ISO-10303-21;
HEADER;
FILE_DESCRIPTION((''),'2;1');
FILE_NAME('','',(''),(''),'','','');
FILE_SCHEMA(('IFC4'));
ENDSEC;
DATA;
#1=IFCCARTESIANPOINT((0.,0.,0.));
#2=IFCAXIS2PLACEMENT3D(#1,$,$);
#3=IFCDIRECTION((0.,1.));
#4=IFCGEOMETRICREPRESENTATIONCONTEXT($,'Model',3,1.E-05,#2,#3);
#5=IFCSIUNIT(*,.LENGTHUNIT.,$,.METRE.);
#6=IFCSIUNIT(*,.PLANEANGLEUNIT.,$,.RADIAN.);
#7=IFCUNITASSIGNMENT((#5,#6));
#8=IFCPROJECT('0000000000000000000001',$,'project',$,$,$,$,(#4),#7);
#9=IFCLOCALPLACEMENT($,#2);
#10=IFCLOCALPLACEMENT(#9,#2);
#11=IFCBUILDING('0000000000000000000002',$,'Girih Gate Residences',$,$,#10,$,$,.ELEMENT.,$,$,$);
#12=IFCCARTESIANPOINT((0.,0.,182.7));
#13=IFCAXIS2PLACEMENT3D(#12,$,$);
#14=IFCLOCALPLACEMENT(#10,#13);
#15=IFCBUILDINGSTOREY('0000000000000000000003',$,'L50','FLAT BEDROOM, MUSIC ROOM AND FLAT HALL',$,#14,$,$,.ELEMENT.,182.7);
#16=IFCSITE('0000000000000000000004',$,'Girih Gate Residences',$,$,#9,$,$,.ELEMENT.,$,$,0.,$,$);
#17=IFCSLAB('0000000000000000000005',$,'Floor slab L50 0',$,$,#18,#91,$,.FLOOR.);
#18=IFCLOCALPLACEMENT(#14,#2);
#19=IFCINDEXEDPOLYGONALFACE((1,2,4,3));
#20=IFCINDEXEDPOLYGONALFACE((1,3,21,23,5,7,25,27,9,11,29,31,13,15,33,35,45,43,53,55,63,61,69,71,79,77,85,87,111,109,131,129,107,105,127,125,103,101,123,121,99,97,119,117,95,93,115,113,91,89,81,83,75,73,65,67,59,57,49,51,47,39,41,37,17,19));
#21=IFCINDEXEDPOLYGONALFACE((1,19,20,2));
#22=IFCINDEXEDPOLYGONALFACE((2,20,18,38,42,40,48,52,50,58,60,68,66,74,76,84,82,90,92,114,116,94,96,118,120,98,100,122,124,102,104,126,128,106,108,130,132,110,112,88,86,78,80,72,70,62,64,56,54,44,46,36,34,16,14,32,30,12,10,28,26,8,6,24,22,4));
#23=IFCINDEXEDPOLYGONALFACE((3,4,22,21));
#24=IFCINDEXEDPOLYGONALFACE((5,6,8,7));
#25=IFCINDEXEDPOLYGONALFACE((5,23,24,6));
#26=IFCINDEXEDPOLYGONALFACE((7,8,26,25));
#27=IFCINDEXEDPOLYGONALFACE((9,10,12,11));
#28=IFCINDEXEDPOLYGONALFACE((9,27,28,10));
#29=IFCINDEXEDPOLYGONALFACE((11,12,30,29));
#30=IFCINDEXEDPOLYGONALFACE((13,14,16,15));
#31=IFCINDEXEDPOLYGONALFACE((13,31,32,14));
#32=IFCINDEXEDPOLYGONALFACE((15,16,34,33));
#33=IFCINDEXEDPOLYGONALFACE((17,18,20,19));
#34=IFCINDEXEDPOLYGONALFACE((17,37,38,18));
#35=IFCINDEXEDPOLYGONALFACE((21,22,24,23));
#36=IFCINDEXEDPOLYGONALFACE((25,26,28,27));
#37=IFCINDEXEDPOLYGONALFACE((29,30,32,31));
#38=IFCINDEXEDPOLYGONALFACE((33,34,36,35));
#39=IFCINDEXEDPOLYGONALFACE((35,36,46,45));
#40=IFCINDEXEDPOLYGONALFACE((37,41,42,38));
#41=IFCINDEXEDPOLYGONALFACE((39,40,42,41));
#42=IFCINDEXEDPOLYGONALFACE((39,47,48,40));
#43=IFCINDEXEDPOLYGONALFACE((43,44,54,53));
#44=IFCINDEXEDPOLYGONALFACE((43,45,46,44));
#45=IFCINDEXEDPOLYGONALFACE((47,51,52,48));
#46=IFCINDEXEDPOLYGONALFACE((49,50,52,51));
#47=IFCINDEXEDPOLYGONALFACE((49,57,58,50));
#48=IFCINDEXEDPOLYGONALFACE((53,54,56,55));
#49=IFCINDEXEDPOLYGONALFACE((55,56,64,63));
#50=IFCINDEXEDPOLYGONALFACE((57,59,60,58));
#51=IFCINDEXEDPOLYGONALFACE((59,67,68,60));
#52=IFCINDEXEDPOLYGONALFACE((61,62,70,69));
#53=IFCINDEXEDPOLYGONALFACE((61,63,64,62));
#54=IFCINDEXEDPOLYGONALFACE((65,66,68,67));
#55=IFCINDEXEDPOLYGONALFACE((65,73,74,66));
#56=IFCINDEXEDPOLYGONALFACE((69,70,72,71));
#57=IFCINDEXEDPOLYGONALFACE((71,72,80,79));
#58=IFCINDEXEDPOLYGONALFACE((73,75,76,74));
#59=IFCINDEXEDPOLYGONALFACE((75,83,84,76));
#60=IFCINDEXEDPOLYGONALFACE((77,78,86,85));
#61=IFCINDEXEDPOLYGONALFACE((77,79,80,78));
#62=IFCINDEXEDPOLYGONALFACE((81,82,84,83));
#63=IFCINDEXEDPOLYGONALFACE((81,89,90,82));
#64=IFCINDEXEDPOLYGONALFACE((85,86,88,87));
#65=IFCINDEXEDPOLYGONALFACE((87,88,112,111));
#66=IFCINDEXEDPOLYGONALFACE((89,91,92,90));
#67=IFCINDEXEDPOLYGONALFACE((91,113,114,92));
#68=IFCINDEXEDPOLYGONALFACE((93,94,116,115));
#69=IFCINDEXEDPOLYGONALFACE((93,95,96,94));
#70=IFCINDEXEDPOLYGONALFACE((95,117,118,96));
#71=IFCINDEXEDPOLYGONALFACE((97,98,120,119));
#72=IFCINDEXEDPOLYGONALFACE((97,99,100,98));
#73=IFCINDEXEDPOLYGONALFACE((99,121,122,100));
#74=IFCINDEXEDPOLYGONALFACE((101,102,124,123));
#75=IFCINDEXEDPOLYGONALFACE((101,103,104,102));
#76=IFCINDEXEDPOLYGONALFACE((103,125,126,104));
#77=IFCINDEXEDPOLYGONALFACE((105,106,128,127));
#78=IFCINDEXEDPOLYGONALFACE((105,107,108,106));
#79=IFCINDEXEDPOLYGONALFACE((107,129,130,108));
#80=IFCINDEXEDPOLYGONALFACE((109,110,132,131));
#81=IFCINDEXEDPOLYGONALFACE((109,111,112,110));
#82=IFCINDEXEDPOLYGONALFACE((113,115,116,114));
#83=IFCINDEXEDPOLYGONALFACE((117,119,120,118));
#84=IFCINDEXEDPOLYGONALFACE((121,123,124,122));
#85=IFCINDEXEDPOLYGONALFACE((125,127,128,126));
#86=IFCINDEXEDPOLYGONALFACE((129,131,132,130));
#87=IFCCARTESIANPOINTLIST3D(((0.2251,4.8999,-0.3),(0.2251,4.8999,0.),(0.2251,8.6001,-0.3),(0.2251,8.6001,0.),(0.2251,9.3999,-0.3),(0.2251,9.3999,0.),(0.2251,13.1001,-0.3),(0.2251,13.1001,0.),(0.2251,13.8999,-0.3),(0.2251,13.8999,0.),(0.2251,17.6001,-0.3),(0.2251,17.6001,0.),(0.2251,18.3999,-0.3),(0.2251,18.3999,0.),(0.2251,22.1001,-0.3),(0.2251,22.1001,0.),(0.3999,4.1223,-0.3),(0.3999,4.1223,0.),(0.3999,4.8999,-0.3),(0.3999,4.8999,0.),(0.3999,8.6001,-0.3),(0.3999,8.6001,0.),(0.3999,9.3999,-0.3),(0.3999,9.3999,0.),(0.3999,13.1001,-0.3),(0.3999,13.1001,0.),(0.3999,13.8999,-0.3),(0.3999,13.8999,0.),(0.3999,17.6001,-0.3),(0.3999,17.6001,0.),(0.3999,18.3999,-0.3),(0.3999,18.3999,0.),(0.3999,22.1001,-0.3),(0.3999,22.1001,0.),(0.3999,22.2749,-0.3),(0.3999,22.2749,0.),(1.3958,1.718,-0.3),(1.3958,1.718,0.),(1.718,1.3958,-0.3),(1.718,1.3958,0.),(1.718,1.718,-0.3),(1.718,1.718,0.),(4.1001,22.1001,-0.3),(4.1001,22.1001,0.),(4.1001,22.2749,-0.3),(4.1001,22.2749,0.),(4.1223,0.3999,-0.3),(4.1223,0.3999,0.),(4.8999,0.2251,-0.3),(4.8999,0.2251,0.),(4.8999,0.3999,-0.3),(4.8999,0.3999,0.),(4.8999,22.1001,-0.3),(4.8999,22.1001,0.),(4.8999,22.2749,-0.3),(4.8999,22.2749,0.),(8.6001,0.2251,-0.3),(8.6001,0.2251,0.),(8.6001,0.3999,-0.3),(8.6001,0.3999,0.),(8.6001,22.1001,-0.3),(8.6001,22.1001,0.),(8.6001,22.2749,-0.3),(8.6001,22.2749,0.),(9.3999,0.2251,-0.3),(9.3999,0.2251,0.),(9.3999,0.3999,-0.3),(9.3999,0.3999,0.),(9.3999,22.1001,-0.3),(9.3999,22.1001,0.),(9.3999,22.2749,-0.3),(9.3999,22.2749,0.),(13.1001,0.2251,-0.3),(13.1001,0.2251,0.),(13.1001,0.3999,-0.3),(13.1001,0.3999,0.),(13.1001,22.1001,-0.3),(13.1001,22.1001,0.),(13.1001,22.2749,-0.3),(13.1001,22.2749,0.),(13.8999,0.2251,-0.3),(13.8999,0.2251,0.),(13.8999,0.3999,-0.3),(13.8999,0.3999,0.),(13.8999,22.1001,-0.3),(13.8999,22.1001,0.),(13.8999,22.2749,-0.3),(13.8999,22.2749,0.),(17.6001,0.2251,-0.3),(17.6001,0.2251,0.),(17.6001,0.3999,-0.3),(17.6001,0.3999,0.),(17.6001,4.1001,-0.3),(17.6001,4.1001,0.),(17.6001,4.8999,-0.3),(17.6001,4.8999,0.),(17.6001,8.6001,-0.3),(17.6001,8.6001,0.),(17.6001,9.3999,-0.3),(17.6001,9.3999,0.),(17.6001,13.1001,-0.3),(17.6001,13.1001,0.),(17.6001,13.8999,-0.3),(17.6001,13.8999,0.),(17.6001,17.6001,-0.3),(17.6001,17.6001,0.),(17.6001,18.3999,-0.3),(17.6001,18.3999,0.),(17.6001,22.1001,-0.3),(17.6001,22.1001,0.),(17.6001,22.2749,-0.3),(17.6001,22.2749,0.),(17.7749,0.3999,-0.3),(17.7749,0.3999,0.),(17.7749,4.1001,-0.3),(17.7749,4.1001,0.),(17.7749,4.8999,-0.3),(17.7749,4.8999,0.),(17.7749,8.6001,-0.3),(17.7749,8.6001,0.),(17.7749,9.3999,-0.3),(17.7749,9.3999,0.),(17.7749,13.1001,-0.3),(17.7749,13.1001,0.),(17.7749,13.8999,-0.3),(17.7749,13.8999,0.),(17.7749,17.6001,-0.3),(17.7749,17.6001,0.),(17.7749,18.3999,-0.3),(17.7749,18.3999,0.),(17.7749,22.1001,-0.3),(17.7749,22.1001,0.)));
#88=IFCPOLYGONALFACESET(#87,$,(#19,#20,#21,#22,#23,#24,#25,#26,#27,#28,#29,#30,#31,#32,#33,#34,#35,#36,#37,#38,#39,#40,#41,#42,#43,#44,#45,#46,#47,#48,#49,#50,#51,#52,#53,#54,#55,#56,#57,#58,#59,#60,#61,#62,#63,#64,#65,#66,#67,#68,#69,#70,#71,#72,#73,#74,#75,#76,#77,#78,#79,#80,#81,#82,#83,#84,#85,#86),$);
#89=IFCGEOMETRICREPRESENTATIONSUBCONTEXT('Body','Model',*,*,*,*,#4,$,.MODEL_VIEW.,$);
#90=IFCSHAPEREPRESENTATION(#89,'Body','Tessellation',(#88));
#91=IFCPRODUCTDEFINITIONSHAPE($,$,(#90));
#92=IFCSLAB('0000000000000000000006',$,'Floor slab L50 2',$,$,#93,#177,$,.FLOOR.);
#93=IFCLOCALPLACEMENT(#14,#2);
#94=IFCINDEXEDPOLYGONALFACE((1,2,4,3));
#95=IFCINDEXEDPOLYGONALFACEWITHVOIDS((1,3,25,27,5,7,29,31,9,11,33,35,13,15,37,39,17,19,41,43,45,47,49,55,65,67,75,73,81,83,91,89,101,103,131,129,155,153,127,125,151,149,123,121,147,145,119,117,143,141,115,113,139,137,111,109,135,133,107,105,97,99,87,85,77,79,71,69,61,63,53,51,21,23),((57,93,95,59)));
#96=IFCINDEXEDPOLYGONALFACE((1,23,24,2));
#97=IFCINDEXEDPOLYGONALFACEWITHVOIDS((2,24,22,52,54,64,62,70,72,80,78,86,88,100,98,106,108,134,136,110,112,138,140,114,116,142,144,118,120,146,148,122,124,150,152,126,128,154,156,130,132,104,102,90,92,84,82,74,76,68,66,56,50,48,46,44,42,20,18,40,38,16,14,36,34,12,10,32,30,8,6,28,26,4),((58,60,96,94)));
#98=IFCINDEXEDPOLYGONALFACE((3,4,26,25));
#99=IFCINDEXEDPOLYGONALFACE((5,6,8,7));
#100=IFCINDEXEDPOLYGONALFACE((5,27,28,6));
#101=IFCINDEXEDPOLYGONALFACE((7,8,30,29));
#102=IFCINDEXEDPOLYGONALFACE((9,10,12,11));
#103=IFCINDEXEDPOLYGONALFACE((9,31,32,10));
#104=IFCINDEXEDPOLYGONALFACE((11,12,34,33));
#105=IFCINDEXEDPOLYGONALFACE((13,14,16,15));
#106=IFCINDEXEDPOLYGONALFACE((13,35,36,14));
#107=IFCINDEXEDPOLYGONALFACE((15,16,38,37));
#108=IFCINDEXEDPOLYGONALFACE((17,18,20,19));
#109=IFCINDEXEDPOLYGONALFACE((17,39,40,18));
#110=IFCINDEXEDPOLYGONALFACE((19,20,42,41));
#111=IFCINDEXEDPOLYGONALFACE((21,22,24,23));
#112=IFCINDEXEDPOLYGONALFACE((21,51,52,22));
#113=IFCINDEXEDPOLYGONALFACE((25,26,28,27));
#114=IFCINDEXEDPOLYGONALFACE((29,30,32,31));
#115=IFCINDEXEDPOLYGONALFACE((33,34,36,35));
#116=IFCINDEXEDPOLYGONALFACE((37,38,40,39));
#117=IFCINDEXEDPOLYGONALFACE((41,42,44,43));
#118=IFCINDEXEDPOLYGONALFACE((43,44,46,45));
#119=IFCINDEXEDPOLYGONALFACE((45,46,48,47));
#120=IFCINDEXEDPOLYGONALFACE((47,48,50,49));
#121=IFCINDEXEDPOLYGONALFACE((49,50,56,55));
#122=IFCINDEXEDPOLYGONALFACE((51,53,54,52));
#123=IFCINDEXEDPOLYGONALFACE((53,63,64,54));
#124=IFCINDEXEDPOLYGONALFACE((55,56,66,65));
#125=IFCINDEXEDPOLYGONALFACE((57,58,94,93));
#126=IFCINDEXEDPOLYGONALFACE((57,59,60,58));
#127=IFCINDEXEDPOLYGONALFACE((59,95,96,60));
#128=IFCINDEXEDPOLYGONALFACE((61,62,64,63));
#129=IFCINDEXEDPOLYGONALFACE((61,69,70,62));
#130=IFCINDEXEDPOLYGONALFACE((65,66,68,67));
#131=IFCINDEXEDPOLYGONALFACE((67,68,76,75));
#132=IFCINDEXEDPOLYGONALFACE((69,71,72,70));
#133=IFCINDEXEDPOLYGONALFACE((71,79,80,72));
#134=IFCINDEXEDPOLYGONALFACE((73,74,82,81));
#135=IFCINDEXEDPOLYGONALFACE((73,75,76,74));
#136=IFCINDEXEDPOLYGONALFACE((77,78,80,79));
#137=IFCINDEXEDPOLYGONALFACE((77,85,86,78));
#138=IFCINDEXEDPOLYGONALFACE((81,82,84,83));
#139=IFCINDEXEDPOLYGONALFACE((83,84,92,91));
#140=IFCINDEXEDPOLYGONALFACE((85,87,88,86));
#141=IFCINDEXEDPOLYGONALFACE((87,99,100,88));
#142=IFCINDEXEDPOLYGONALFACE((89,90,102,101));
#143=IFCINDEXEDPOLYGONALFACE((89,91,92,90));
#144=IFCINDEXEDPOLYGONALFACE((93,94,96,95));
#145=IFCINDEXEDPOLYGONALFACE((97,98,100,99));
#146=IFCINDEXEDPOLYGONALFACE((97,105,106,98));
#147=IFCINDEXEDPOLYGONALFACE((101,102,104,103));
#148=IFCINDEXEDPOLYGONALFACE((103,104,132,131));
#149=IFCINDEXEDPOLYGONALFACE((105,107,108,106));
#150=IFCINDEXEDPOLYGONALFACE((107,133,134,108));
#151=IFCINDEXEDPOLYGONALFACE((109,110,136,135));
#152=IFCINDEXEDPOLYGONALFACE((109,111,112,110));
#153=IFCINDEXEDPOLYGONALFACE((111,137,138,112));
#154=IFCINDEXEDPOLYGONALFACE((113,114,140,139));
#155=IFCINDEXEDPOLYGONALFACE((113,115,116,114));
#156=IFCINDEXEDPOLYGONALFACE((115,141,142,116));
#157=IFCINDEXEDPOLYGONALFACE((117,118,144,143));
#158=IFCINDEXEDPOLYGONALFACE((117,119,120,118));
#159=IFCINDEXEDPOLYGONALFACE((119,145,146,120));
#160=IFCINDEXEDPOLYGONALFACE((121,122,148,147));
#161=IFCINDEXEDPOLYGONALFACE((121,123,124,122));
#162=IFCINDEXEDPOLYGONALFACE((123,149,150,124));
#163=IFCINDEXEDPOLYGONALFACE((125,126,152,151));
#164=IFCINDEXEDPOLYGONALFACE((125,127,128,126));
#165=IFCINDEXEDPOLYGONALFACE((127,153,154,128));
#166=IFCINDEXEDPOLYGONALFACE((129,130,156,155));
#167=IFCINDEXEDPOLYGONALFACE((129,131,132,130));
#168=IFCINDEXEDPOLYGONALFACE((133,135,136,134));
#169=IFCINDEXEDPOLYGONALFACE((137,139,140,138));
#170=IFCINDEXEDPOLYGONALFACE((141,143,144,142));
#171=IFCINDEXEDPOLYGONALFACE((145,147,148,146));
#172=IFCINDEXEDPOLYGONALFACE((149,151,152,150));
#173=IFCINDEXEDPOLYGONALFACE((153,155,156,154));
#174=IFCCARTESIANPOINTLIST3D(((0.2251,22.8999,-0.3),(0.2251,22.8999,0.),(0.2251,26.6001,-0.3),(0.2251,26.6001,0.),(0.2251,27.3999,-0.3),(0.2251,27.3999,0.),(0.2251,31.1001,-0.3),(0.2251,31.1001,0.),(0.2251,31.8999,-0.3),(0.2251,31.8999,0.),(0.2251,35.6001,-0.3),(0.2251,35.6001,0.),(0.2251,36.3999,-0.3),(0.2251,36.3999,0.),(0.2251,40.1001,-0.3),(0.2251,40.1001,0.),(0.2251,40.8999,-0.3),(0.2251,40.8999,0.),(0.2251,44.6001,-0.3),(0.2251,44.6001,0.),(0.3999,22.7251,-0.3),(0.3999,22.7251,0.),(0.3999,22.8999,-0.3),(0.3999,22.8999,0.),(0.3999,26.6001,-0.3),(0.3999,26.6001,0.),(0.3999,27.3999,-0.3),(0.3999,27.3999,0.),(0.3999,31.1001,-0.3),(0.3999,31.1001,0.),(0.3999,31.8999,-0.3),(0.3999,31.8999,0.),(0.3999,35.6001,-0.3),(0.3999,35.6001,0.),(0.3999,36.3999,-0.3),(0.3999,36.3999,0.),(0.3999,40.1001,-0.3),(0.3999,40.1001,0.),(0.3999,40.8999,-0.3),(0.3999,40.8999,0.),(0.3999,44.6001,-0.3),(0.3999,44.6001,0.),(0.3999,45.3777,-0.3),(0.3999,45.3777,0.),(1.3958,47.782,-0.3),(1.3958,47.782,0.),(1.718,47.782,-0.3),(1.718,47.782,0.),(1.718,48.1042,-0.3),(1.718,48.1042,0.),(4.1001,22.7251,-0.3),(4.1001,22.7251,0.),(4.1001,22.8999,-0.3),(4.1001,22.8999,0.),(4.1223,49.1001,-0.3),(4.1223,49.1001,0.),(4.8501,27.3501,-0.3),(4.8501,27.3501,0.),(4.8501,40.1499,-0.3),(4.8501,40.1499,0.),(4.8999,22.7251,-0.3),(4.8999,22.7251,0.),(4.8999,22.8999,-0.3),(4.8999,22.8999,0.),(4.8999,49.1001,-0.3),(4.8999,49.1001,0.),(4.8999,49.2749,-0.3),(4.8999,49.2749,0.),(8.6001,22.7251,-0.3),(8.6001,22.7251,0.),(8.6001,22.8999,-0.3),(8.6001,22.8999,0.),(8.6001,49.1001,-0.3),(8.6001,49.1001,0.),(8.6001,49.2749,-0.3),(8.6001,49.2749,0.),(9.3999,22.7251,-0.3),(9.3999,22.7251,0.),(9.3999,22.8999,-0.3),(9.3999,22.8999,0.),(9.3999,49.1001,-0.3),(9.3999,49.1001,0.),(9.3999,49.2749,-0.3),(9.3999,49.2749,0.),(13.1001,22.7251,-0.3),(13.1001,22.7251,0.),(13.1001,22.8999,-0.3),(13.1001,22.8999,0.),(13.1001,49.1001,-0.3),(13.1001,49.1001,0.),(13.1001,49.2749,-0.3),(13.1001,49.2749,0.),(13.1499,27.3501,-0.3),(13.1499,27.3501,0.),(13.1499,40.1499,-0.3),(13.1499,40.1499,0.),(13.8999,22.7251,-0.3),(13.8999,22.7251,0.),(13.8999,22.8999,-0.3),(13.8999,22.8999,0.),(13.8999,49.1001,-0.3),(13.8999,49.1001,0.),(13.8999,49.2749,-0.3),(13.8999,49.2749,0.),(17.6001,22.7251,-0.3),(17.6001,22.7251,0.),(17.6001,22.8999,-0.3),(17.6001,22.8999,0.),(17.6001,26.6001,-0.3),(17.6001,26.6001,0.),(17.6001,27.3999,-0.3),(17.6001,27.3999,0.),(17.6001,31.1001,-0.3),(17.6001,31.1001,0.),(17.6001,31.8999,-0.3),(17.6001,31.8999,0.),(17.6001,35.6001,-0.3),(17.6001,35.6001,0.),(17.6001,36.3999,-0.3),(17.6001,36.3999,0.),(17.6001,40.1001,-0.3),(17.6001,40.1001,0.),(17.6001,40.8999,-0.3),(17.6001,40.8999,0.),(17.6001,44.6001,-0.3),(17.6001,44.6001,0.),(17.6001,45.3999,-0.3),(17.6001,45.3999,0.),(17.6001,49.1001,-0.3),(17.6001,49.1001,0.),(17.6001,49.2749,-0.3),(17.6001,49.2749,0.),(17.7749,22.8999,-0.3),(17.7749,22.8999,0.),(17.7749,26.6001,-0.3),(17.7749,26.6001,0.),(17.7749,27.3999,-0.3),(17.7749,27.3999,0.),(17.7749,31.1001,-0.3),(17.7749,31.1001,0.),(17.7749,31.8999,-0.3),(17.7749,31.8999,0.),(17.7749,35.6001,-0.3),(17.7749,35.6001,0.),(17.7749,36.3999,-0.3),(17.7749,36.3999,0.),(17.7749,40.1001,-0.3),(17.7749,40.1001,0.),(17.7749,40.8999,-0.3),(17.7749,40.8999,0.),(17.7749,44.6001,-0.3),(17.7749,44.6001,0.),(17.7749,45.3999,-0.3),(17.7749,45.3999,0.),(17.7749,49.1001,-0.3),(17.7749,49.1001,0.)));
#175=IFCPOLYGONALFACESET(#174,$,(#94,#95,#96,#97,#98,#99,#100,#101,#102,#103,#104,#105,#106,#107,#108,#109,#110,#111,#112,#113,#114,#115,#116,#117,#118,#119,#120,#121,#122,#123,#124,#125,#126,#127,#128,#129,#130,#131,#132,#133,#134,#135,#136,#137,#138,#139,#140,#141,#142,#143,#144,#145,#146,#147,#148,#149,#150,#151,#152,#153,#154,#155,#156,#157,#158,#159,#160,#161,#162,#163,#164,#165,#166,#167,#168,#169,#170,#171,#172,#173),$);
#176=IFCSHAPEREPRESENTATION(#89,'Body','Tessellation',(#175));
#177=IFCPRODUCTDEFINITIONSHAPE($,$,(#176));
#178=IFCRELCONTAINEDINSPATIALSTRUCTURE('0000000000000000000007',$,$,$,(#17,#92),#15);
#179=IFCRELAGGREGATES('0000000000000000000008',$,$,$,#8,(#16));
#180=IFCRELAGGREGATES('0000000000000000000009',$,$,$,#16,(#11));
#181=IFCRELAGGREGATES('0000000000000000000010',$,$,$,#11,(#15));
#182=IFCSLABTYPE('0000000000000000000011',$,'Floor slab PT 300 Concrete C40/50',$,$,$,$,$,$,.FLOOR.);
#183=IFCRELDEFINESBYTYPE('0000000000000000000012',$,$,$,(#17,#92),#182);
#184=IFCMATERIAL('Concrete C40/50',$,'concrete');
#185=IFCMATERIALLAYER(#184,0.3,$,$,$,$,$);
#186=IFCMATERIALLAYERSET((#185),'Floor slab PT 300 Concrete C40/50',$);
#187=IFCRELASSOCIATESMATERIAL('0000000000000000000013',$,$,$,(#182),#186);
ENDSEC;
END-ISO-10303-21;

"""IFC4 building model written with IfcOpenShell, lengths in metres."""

from ifc_helpers import new_model, si_unit, direction, frame, origin, place, context, subcontext, project, spatial, polyline, outline, extrude, material, layer, layer_set, type_object, element, save


model = new_model("IFC4")

# Units and contexts
model_context = context("Model", 3, precision=1e-05, world=origin(), true_north=direction((0.0, 1.0)))
body_context = subcontext(model_context, "Body", "Model", "MODEL_VIEW")
ifc_project = project(units=[si_unit("LENGTHUNIT", "METRE"), si_unit("PLANEANGLEUNIT", "RADIAN")], contexts=[model_context])

# Site, building, storey
site_placement = place(None, origin())
site = spatial("IfcSite", under=ifc_project, at=site_placement, Name="Girih Gate Residences", CompositionType="ELEMENT", RefElevation=0.0)
building_placement = place(site_placement, origin())
building = spatial("IfcBuilding", under=site, at=building_placement, Name="Girih Gate Residences", CompositionType="ELEMENT")
storey_placement = place(building_placement, frame((0.0, 0.0, 182.7)))
storey = spatial("IfcBuildingStorey", under=building, at=storey_placement, Name="L50", Description="FLAT BEDROOM, MUSIC ROOM AND FLAT HALL", CompositionType="ELEMENT", Elevation=182.7)

# Slabs
ifc_material_1 = material(Name="Concrete C40/50", Category="concrete")
ifc_layer_1 = layer(ifc_material_1, 0.3)
ifc_layer_set_1 = layer_set([ifc_layer_1], Name="Floor slab PT 300 Concrete C40/50")
slab_type_1 = type_object("IfcSlabType", Name="Floor slab PT 300 Concrete C40/50", PredefinedType="FLOOR", material=ifc_layer_set_1)
slab_1_placement = place(storey_placement, frame((0.0, 0.0, -0.3)))
element("IfcSlab", 1, at=slab_1_placement, inside=storey, type_object=slab_type_1, Name="Floor slab L50 0", PredefinedType="FLOOR", context=body_context, shape_type="SweptSolid", body=[
    extrude(outline(polyline([(13.8999, 0.2251), (17.6001, 0.2251), (17.6001, 0.3999), (17.7749, 0.3999), (17.7749, 4.1001), (17.6001, 4.1001), (17.6001, 4.8999), (17.7749, 4.8999), (17.7749, 8.6001), (17.6001, 8.6001), (17.6001, 9.3999), (17.7749, 9.3999), (17.7749, 13.1001), (17.6001, 13.1001), (17.6001, 13.8999), (17.7749, 13.8999), (17.7749, 17.6001), (17.6001, 17.6001), (17.6001, 18.3999), (17.7749, 18.3999), (17.7749, 22.1001), (17.6001, 22.1001), (17.6001, 22.2749), (13.8999, 22.2749), (13.8999, 22.1001), (13.1001, 22.1001), (13.1001, 22.2749), (9.3999, 22.2749), (9.3999, 22.1001), (8.6001, 22.1001), (8.6001, 22.2749), (4.8999, 22.2749), (4.8999, 22.1001), (4.1001, 22.1001), (4.1001, 22.2749), (0.3999, 22.2749), (0.3999, 22.1001), (0.2251, 22.1001), (0.2251, 18.3999), (0.3999, 18.3999), (0.3999, 17.6001), (0.2251, 17.6001), (0.2251, 13.8999), (0.3999, 13.8999), (0.3999, 13.1001), (0.2251, 13.1001), (0.2251, 9.3999), (0.3999, 9.3999), (0.3999, 8.6001), (0.2251, 8.6001), (0.2251, 4.8999), (0.3999, 4.8999), (0.3999, 4.1223), (1.3958, 1.718), (1.718, 1.718), (1.718, 1.3958), (4.1223, 0.3999), (4.8999, 0.3999), (4.8999, 0.2251), (8.6001, 0.2251), (8.6001, 0.3999), (9.3999, 0.3999), (9.3999, 0.2251), (13.1001, 0.2251), (13.1001, 0.3999), (13.8999, 0.3999), (13.8999, 0.2251)])), origin(), (0.0, 0.0, 1.0), 0.3),
])
slab_2_placement = place(storey_placement, frame((0.0, 0.0, -0.3)))
element("IfcSlab", 2, at=slab_2_placement, inside=storey, type_object=slab_type_1, Name="Floor slab L50 2", PredefinedType="FLOOR", context=body_context, shape_type="SweptSolid", body=[
    extrude(outline(polyline([(0.2251, 26.6001), (0.2251, 22.8999), (0.3999, 22.8999), (0.3999, 22.7251), (4.1001, 22.7251), (4.1001, 22.8999), (4.8999, 22.8999), (4.8999, 22.7251), (8.6001, 22.7251), (8.6001, 22.8999), (9.3999, 22.8999), (9.3999, 22.7251), (13.1001, 22.7251), (13.1001, 22.8999), (13.8999, 22.8999), (13.8999, 22.7251), (17.6001, 22.7251), (17.6001, 22.8999), (17.7749, 22.8999), (17.7749, 26.6001), (17.6001, 26.6001), (17.6001, 27.3999), (17.7749, 27.3999), (17.7749, 31.1001), (17.6001, 31.1001), (17.6001, 31.8999), (17.7749, 31.8999), (17.7749, 35.6001), (17.6001, 35.6001), (17.6001, 36.3999), (17.7749, 36.3999), (17.7749, 40.1001), (17.6001, 40.1001), (17.6001, 40.8999), (17.7749, 40.8999), (17.7749, 44.6001), (17.6001, 44.6001), (17.6001, 45.3999), (17.7749, 45.3999), (17.7749, 49.1001), (17.6001, 49.1001), (17.6001, 49.2749), (13.8999, 49.2749), (13.8999, 49.1001), (13.1001, 49.1001), (13.1001, 49.2749), (9.3999, 49.2749), (9.3999, 49.1001), (8.6001, 49.1001), (8.6001, 49.2749), (4.8999, 49.2749), (4.8999, 49.1001), (4.1223, 49.1001), (1.718, 48.1042), (1.718, 47.782), (1.3958, 47.782), (0.3999, 45.3777), (0.3999, 44.6001), (0.2251, 44.6001), (0.2251, 40.8999), (0.3999, 40.8999), (0.3999, 40.1001), (0.2251, 40.1001), (0.2251, 36.3999), (0.3999, 36.3999), (0.3999, 35.6001), (0.2251, 35.6001), (0.2251, 31.8999), (0.3999, 31.8999), (0.3999, 31.1001), (0.2251, 31.1001), (0.2251, 27.3999), (0.3999, 27.3999), (0.3999, 26.6001), (0.2251, 26.6001)]), holes=[polyline([(13.1499, 40.1499), (13.1499, 27.3501), (4.8501, 27.3501), (4.8501, 40.1499), (13.1499, 40.1499)])]), origin(), (0.0, 0.0, 1.0), 0.3),
])

save(model, "model.ifc")
